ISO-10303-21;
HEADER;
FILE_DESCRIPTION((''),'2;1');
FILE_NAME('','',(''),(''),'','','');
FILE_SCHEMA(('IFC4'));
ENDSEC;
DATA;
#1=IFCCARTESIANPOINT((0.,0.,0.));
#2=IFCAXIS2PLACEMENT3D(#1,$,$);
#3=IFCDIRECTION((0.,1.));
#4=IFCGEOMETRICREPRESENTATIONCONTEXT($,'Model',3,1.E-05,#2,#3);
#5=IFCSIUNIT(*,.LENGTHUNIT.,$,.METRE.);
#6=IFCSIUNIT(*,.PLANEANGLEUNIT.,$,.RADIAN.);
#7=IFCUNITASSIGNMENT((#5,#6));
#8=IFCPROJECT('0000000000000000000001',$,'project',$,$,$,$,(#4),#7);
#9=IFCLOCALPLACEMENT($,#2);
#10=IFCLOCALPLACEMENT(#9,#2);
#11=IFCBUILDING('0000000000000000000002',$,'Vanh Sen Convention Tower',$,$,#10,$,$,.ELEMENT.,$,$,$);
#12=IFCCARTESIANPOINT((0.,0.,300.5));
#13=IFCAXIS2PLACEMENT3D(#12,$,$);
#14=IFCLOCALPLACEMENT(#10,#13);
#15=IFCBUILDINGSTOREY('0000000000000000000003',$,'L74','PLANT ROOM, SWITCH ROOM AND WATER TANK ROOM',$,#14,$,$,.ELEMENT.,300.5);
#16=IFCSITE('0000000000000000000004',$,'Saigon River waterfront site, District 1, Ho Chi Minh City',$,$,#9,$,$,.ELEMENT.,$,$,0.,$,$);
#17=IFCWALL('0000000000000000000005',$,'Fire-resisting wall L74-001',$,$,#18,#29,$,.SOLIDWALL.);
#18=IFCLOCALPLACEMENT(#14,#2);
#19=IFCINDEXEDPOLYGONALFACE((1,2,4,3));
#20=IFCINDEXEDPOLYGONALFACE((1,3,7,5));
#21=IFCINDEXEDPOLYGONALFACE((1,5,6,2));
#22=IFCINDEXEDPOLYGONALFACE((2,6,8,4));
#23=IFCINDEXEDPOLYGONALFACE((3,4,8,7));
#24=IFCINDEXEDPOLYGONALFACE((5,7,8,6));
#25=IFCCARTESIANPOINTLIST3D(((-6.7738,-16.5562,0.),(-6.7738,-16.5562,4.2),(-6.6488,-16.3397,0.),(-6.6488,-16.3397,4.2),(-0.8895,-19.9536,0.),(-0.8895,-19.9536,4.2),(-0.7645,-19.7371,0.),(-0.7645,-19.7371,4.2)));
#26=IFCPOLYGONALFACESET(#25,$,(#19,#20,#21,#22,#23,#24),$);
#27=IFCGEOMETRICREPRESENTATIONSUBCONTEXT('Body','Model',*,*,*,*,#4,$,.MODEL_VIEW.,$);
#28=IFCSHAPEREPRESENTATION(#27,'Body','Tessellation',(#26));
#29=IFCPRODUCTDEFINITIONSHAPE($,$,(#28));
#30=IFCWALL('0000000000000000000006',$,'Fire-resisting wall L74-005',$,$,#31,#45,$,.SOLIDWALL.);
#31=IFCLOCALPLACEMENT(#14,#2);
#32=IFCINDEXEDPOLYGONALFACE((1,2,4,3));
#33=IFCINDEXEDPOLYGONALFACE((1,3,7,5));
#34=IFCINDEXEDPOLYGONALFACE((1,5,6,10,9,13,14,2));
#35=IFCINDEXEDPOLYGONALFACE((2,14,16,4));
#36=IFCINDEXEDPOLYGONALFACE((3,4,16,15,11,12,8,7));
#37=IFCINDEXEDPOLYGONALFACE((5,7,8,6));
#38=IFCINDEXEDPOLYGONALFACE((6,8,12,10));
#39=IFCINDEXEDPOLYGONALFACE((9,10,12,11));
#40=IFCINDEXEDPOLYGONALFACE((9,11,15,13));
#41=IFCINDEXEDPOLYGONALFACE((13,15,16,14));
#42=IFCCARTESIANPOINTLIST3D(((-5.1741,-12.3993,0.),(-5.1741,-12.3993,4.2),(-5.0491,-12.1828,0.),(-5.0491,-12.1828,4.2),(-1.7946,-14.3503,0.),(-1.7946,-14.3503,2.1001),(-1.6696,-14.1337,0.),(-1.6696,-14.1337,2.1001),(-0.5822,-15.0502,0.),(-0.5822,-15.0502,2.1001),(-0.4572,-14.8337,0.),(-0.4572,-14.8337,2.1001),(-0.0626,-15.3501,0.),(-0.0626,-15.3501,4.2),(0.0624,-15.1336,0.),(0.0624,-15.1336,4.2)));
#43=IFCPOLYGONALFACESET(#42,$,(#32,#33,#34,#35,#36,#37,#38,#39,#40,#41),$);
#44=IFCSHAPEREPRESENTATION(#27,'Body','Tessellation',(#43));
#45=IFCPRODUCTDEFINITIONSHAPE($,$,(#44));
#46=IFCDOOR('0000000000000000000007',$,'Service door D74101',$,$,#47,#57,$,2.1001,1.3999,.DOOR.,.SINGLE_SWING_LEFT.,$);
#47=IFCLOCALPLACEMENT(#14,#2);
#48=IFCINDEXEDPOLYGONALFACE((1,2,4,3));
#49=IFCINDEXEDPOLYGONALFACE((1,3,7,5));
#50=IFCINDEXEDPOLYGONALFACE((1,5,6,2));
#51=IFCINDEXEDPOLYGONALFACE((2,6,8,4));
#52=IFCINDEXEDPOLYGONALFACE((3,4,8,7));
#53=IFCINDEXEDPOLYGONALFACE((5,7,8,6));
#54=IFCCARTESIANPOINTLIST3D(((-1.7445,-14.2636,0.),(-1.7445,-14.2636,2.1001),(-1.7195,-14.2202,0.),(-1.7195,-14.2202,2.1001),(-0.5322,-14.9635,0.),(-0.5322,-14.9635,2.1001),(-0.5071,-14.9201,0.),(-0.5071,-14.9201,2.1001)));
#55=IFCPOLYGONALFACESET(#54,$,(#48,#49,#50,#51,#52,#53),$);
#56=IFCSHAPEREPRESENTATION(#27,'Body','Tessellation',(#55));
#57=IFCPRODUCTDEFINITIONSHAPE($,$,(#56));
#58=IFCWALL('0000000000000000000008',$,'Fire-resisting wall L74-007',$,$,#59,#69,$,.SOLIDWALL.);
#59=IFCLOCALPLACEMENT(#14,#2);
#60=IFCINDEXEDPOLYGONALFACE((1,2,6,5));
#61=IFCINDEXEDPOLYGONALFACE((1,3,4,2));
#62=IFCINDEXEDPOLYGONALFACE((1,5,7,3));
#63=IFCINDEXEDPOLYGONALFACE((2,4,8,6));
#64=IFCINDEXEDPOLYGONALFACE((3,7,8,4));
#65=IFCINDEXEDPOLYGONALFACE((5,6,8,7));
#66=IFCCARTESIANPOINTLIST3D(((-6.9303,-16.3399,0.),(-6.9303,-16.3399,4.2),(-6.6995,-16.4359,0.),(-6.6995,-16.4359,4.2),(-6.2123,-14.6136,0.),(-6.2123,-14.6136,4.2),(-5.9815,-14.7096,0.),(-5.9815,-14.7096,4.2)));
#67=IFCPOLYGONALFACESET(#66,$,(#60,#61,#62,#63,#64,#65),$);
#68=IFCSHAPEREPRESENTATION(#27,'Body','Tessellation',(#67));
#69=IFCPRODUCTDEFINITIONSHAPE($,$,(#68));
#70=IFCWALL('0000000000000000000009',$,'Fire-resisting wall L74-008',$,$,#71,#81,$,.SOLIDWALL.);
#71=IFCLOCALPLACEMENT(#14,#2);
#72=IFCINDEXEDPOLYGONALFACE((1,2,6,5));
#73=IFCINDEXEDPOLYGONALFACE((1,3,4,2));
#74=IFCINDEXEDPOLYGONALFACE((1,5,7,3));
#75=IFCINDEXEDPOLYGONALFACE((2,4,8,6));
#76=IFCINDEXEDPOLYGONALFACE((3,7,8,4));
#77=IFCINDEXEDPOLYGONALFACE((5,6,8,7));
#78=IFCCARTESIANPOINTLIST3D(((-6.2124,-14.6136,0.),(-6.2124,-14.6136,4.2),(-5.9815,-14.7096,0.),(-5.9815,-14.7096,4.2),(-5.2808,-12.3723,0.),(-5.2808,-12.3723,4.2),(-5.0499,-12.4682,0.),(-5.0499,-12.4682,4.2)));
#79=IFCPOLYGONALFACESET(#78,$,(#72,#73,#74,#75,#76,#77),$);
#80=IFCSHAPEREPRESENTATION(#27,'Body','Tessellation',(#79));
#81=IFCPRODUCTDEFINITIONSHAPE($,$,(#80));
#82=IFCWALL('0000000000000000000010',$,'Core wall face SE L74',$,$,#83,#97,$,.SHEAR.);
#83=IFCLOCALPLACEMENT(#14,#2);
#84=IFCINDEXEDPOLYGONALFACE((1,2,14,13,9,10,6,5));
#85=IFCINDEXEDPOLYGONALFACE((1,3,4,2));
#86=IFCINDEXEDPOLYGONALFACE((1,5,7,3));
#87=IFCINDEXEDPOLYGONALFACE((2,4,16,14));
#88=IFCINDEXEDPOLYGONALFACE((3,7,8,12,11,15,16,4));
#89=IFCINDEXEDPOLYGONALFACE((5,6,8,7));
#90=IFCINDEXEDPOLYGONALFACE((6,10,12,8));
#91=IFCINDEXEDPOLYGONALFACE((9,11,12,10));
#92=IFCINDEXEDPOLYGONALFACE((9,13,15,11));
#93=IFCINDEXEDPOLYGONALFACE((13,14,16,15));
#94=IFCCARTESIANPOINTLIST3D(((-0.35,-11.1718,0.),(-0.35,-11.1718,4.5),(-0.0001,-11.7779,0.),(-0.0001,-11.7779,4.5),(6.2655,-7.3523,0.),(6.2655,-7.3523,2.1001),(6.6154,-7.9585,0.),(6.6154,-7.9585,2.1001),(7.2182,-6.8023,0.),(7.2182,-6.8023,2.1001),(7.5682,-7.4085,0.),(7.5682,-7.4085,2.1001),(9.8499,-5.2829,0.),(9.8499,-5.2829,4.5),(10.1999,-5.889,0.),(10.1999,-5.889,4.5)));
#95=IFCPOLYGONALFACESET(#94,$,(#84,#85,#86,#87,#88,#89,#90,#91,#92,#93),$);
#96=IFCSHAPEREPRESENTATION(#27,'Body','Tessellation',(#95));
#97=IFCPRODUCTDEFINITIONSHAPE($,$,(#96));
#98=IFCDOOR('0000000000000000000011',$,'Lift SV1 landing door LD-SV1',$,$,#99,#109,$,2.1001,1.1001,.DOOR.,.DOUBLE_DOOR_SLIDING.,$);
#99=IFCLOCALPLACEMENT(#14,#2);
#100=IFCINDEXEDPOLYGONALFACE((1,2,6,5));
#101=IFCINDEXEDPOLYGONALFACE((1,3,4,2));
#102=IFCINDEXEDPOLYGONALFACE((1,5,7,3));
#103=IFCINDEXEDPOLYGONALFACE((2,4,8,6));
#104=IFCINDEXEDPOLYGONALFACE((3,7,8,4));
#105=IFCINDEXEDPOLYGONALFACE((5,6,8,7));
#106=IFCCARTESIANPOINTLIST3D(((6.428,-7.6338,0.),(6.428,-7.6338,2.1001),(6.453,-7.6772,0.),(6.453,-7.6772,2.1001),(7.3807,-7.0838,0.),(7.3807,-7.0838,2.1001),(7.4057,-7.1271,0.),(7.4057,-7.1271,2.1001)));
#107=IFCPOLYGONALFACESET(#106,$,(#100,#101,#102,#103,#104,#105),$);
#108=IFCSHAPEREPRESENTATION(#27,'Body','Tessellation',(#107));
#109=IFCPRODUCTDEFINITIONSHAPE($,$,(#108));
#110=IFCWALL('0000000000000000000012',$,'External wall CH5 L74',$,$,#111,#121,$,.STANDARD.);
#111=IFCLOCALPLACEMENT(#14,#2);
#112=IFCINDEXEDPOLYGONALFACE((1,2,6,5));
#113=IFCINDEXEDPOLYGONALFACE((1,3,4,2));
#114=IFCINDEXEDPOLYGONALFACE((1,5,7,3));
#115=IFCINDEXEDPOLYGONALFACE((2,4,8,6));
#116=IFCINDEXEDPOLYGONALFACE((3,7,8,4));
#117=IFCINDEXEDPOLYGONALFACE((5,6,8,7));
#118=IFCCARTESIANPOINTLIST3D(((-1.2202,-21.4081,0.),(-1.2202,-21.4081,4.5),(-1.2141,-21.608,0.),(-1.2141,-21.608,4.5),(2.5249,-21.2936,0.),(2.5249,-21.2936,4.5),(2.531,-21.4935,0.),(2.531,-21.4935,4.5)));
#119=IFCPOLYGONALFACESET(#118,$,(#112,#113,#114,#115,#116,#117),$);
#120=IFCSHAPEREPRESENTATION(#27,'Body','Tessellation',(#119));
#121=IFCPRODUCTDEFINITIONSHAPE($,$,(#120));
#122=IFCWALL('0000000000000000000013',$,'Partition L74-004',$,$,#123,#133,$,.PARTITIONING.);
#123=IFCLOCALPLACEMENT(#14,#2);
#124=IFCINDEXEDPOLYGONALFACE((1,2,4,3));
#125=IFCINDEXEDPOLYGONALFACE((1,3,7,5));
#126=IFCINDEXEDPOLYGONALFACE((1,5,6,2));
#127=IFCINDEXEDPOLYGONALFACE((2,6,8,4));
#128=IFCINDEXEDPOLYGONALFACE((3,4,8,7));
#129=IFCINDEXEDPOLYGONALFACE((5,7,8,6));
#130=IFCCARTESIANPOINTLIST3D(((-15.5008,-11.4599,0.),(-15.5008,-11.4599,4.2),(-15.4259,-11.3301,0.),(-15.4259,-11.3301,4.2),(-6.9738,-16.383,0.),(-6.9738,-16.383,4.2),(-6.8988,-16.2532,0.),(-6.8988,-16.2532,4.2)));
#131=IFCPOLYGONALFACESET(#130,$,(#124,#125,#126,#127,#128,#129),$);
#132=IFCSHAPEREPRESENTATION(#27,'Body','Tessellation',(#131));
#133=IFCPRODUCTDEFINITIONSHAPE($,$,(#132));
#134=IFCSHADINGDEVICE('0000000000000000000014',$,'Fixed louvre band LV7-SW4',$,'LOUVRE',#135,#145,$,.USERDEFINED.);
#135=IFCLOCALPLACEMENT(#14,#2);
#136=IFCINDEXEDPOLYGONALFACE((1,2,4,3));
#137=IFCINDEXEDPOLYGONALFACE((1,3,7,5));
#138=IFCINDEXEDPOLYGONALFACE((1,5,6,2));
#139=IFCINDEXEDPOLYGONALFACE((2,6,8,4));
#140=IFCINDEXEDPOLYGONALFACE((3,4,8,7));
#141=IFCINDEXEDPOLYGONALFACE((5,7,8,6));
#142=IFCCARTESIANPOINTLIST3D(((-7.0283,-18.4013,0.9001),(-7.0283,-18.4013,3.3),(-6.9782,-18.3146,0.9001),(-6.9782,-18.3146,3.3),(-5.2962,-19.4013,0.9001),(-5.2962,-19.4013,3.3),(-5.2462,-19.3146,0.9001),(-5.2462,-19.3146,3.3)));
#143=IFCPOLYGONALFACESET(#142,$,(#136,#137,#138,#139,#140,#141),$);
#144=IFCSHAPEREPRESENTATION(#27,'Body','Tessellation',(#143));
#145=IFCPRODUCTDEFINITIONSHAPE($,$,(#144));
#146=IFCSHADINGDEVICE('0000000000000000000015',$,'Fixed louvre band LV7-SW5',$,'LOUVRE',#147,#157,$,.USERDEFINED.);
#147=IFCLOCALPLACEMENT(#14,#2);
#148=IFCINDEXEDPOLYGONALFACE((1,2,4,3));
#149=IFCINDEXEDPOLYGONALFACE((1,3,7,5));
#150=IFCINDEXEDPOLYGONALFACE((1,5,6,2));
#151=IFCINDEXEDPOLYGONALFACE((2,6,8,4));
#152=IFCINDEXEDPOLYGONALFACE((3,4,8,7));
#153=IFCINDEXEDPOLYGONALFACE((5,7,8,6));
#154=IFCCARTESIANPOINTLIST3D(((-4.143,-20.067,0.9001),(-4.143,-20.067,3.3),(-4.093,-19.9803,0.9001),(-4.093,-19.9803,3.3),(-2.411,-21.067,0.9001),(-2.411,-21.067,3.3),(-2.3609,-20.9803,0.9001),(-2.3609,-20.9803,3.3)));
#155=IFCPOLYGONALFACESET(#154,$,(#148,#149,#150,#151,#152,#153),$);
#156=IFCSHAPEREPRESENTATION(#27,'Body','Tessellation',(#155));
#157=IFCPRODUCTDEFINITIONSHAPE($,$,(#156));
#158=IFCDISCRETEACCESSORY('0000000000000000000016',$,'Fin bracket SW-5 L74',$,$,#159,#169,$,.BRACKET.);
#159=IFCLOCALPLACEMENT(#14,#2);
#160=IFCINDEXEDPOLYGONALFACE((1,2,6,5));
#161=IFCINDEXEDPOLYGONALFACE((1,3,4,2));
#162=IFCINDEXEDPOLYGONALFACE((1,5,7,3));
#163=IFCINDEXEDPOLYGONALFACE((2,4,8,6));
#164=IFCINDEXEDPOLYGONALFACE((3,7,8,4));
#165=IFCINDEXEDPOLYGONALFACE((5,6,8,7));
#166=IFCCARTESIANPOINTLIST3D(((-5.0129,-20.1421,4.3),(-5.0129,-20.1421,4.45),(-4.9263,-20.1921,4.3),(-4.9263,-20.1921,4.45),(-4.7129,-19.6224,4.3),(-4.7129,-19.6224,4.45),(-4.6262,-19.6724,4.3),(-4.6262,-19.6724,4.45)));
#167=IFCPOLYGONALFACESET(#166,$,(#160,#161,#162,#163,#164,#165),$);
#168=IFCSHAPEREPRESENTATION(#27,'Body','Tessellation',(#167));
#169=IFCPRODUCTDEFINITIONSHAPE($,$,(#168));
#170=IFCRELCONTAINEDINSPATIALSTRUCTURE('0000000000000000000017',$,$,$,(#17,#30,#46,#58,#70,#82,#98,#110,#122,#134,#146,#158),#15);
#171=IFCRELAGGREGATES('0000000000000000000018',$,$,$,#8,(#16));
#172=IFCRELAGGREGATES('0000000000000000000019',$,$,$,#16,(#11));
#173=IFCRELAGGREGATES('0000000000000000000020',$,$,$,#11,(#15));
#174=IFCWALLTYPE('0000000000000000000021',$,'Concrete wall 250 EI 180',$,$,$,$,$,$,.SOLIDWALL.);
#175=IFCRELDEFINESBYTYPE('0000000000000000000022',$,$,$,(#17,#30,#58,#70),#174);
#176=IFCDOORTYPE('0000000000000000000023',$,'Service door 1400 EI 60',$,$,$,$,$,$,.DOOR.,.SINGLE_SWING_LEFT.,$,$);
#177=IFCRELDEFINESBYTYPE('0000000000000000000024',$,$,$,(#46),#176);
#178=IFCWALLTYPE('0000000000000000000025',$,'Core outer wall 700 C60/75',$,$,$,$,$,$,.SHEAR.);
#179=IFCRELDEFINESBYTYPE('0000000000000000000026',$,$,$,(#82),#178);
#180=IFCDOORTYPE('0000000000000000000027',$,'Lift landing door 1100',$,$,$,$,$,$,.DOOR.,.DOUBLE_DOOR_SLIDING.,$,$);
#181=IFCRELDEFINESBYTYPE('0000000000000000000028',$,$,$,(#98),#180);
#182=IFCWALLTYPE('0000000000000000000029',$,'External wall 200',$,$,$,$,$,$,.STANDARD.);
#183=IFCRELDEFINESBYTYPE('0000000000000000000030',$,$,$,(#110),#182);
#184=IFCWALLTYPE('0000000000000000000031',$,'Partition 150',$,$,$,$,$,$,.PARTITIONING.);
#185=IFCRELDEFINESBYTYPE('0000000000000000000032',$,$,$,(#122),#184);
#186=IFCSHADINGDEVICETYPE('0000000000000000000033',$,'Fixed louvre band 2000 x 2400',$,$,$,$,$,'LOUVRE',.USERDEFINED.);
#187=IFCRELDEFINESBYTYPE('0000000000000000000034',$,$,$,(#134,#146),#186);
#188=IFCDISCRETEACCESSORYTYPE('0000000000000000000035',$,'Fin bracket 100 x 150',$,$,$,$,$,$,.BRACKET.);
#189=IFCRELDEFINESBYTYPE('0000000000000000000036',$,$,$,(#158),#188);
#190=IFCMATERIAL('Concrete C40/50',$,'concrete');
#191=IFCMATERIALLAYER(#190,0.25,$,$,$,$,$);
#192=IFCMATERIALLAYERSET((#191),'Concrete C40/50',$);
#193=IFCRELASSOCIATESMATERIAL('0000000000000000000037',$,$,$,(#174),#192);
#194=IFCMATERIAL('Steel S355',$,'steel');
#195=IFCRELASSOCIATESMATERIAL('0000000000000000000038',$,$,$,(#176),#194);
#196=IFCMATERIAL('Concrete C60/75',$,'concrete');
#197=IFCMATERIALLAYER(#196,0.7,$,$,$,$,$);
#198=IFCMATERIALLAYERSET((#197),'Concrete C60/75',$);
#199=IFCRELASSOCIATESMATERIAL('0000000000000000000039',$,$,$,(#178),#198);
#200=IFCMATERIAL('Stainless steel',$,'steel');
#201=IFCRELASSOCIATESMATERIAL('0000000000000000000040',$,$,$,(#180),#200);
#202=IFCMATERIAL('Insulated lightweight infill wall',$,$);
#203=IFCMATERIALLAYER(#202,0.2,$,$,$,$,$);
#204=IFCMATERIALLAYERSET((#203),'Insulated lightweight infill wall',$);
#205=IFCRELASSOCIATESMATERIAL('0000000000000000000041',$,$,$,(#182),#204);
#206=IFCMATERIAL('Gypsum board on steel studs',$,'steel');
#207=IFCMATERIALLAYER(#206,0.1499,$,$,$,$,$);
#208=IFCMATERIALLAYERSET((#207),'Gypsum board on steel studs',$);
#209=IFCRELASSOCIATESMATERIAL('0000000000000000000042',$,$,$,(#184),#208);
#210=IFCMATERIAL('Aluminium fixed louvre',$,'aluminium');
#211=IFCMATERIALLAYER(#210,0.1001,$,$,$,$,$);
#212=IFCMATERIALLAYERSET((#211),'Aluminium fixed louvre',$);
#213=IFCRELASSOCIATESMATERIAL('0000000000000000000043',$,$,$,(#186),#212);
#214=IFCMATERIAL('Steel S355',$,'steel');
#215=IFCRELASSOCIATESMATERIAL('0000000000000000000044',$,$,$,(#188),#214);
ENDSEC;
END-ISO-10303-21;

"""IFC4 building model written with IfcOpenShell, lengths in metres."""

from ifc_helpers import new_model, si_unit, direction, frame, frame_2d, origin, origin_2d, place, context, subcontext, project, spatial, rectangle, extrude, material, layer, layer_set, type_object, element, fill, save


model = new_model("IFC4")

# Units and contexts
model_context = context("Model", 3, precision=1e-05, world=origin(), true_north=direction((0.0, 1.0)))
body_context = subcontext(model_context, "Body", "Model", "MODEL_VIEW")
ifc_project = project(units=[si_unit("LENGTHUNIT", "METRE"), si_unit("PLANEANGLEUNIT", "RADIAN")], contexts=[model_context])

# Site, building, storey
site_placement = place(None, origin())
site = spatial("IfcSite", under=ifc_project, at=site_placement, Name="Saigon River waterfront site, District 1, Ho Chi Minh City", CompositionType="ELEMENT", RefElevation=0.0)
building_placement = place(site_placement, origin())
building = spatial("IfcBuilding", under=site, at=building_placement, Name="Vanh Sen Convention Tower", CompositionType="ELEMENT")
storey_placement = place(building_placement, frame((0.0, 0.0, 300.5)))
storey = spatial("IfcBuildingStorey", under=building, at=storey_placement, Name="L74", Description="PLANT ROOM, SWITCH ROOM AND WATER TANK ROOM", CompositionType="ELEMENT", Elevation=300.5)

# Shared definitions
ifc_material_1 = material(Name="Concrete C60/75", Category="concrete")

# Wall
ifc_material_2 = material(Name="Concrete C40/50", Category="concrete")
ifc_layer_1 = layer(ifc_material_2, 0.25)
ifc_layer_set_1 = layer_set([ifc_layer_1], Name="Concrete C40/50")
wall_type_1 = type_object("IfcWallType", Name="Concrete wall 250 EI 180", PredefinedType="SOLIDWALL", material=ifc_layer_set_1)
wall_1_placement = place(storey_placement, frame((-0.8269, -19.8455, 0.0), z_axis=(0.0, 0.0, 1.0), x_axis=(-0.866014, 0.500019, 0.0)))
element("IfcWall", 1, at=wall_1_placement, inside=storey, type_object=wall_type_1, Name="Fire-resisting wall L74-001", PredefinedType="SOLIDWALL", context=body_context, shape_type="SweptSolid", body=[
    extrude(rectangle(XDim=6.7947, YDim=0.25, at=frame_2d((3.3975, 0.0))), origin(), (0.0, 0.0, 1.0), 4.2),
])

# Wall, opening, door
wall_2_placement = place(storey_placement, frame((0.0, -15.2419, 0.0), z_axis=(0.0, 0.0, 1.0), x_axis=(-0.866043, 0.49997, 0.0)))
wall_2 = element("IfcWall", 2, at=wall_2_placement, inside=storey, type_object=wall_type_1, Name="Fire-resisting wall L74-005", PredefinedType="SOLIDWALL", context=body_context, shape_type="SweptSolid", body=[
    extrude(rectangle(XDim=5.9021, YDim=0.25, at=frame_2d((2.9512, 0.0))), origin(), (0.0, 0.0, 1.0), 4.2),
])
opening_1_placement = place(wall_2_placement, frame((0.6001, 0.0, 0.0)))
opening_1 = element("IfcOpeningElement", 3, at=opening_1_placement, cuts=wall_2, PredefinedType="OPENING", context=body_context, shape_type="SweptSolid", body=[
    extrude(rectangle(XDim=1.3999, YDim=2.1001, at=frame_2d((0.7, 1.05))), frame((0.0, 0.135, 0.0), z_axis=(0.0, -1.0, 0.0), x_axis=(1.0, 0.0, 0.0)), (0.0, 0.0, 1.0), 0.27),
])
ifc_material_3 = material(Name="Steel S355", Category="steel")
door_type_1 = type_object("IfcDoorType", Name="Service door 1400 EI 60", OperationType="SINGLE_SWING_LEFT", PredefinedType="DOOR", material=ifc_material_3)
door_1_placement = place(opening_1_placement, origin())
door_1 = element("IfcDoor", 4, at=door_1_placement, inside=storey, type_object=door_type_1, Name="Service door D74101", OperationType="SINGLE_SWING_LEFT", OverallHeight=2.1001, OverallWidth=1.3999, PredefinedType="DOOR", context=body_context, shape_type="SweptSolid", body=[
    extrude(rectangle(XDim=1.3999, YDim=2.1001, at=frame_2d((0.7, 1.05))), frame((0.0, 0.0249, 0.0), z_axis=(0.0, -1.0, 0.0), x_axis=(1.0, 0.0, 0.0)), (0.0, 0.0, 1.0), 0.05),
])
fill(opening_1, door_1)

# Walls
wall_3_placement = place(storey_placement, frame((-6.0969, -14.6616, 0.0), z_axis=(0.0, 0.0, 1.0), x_axis=(-0.384031, -0.92332, 0.0)))
element("IfcWall", 5, at=wall_3_placement, inside=storey, type_object=wall_type_1, Name="Fire-resisting wall L74-007", PredefinedType="SOLIDWALL", context=body_context, shape_type="SweptSolid", body=[
    extrude(rectangle(XDim=1.8696, YDim=0.25, at=frame_2d((0.9348, 0.0))), origin(), (0.0, 0.0, 1.0), 4.2),
])
wall_4_placement = place(storey_placement, frame((-6.0969, -14.6616, 0.0), z_axis=(0.0, 0.0, 1.0), x_axis=(0.383808, 0.923413, 0.0)))
element("IfcWall", 6, at=wall_4_placement, inside=storey, type_object=wall_type_1, Name="Fire-resisting wall L74-008", PredefinedType="SOLIDWALL", context=body_context, shape_type="SweptSolid", body=[
    extrude(rectangle(XDim=2.4272, YDim=0.25, at=frame_2d((1.2136, 0.0))), origin(), (0.0, 0.0, 1.0), 4.2),
])

# Wall, opening, door
ifc_layer_2 = layer(ifc_material_1, 0.7)
ifc_layer_set_2 = layer_set([ifc_layer_2], Name="Concrete C60/75")
wall_type_2 = type_object("IfcWallType", Name="Core outer wall 700 C60/75", PredefinedType="SHEAR", material=ifc_layer_set_2)
wall_5_placement = place(storey_placement, frame((-0.175, -11.4749, 0.0), z_axis=(0.0, 0.0, 1.0), x_axis=(0.866026, 0.499998, 0.0)))
wall_5 = element("IfcWall", 7, at=wall_5_placement, inside=storey, type_object=wall_type_2, Name="Core wall face SE L74", PredefinedType="SHEAR", context=body_context, shape_type="SweptSolid", body=[
    extrude(rectangle(XDim=11.7778, YDim=0.7, at=frame_2d((5.8889, 0.0))), origin(), (0.0, 0.0, 1.0), 4.5),
])
opening_2_placement = place(wall_5_placement, frame((7.6389, 0.0, 0.0)))
opening_2 = element("IfcOpeningElement", 8, at=opening_2_placement, cuts=wall_5, PredefinedType="OPENING", context=body_context, shape_type="SweptSolid", body=[
    extrude(rectangle(XDim=1.1001, YDim=2.1001, at=frame_2d((0.55, 1.05))), frame((0.0, 0.3599, 0.0), z_axis=(0.0, -1.0, 0.0), x_axis=(1.0, 0.0, 0.0)), (0.0, 0.0, 1.0), 0.72),
])
ifc_material_4 = material(Name="Stainless steel", Category="steel")
door_type_2 = type_object("IfcDoorType", Name="Lift landing door 1100", OperationType="DOUBLE_DOOR_SLIDING", PredefinedType="DOOR", material=ifc_material_4)
door_2_placement = place(opening_2_placement, origin())
door_2 = element("IfcDoor", 9, at=door_2_placement, inside=storey, type_object=door_type_2, Name="Lift SV1 landing door LD-SV1", OperationType="DOUBLE_DOOR_SLIDING", OverallHeight=2.1001, OverallWidth=1.1001, PredefinedType="DOOR", context=body_context, shape_type="SweptSolid", body=[
    extrude(rectangle(XDim=1.1001, YDim=2.1001, at=frame_2d((0.55, 1.05))), frame((0.0, 0.0249, 0.0), z_axis=(0.0, -1.0, 0.0), x_axis=(1.0, 0.0, 0.0)), (0.0, 0.0, 1.0), 0.05),
])
fill(opening_2, door_2)

# Walls
ifc_material_5 = material(Name="Insulated lightweight infill wall")
ifc_layer_3 = layer(ifc_material_5, 0.2)
ifc_layer_set_3 = layer_set([ifc_layer_3], Name="Insulated lightweight infill wall")
wall_type_3 = type_object("IfcWallType", Name="External wall 200", PredefinedType="STANDARD", material=ifc_layer_set_3)
wall_6_placement = place(storey_placement, frame((-1.2173, -21.5081, 0.0), z_axis=(0.0, 0.0, 1.0), x_axis=(0.999533, 0.030559, 0.0)))
element("IfcWall", 10, at=wall_6_placement, inside=storey, type_object=wall_type_3, Name="External wall CH5 L74", PredefinedType="STANDARD", context=body_context, shape_type="SweptSolid", body=[
    extrude(rectangle(XDim=3.7468, YDim=0.2, at=frame_2d((1.8735, 0.0))), origin(), (0.0, 0.0, 1.0), 4.5),
])
ifc_material_6 = material(Name="Gypsum board on steel studs", Category="steel")
ifc_layer_4 = layer(ifc_material_6, 0.1499)
ifc_layer_set_4 = layer_set([ifc_layer_4], Name="Gypsum board on steel studs")
wall_type_4 = type_object("IfcWallType", Name="Partition 150", PredefinedType="PARTITIONING", material=ifc_layer_set_4)
wall_7_placement = place(storey_placement, frame((-6.9363, -16.3181, 0.0), z_axis=(0.0, 0.0, 1.0), x_axis=(-0.866027, 0.499998, 0.0)))
element("IfcWall", 11, at=wall_7_placement, inside=storey, type_object=wall_type_4, Name="Partition L74-004", PredefinedType="PARTITIONING", context=body_context, shape_type="SweptSolid", body=[
    extrude(rectangle(XDim=9.8462, YDim=0.1499, at=frame_2d((4.9231, 0.0))), origin(), (0.0, 0.0, 1.0), 4.2),
])

# Shading devices
ifc_material_7 = material(Name="Aluminium fixed louvre", Category="aluminium")
ifc_layer_5 = layer(ifc_material_7, 0.1001)
ifc_layer_set_5 = layer_set([ifc_layer_5], Name="Aluminium fixed louvre")
shading_device_type = type_object("IfcShadingDeviceType", Name="Fixed louvre band 2000 x 2400", ElementType="LOUVRE", PredefinedType="USERDEFINED", material=ifc_layer_set_5)
for number, where, z_axis, x_axis, name in (
    (12, (-6.1372, -18.8579, 0.9001), (0.0, 0.0, 1.0), (0.866024, -0.500003, 0.0), "Fixed louvre band LV7-SW4"),
    (13, (-3.252, -20.5237, 0.9001), (0.0, 0.0, 1.0), (0.866024, -0.500003, 0.0), "Fixed louvre band LV7-SW5"),
):
    element("IfcShadingDevice", number, at=place(storey_placement, frame(where, z_axis=z_axis, x_axis=x_axis)), inside=storey, type_object=shading_device_type, Name=name, ObjectType="LOUVRE", PredefinedType="USERDEFINED", context=body_context, shape_type="SweptSolid", body=[
        extrude(rectangle(XDim=2.0, YDim=0.1001, at=origin_2d()), origin(), (0.0, 0.0, 1.0), 2.3999),
    ])

# Discrete accessory
ifc_material_8 = material(Name="Steel S355", Category="steel")
discrete_accessory_type = type_object("IfcDiscreteAccessoryType", Name="Fin bracket 100 x 150", PredefinedType="BRACKET", material=ifc_material_8)
discrete_accessory_placement = place(storey_placement, frame((-4.8196, -19.9072, 4.3), z_axis=(0.0, 0.0, 1.0), x_axis=(-0.5, -0.866025, 0.0)))
element("IfcDiscreteAccessory", 14, at=discrete_accessory_placement, inside=storey, type_object=discrete_accessory_type, Name="Fin bracket SW-5 L74", PredefinedType="BRACKET", context=body_context, shape_type="SweptSolid", body=[
    extrude(rectangle(XDim=0.6001, YDim=0.1001, at=origin_2d()), origin(), (0.0, 0.0, 1.0), 0.1499),
])

save(model, "model.ifc")
